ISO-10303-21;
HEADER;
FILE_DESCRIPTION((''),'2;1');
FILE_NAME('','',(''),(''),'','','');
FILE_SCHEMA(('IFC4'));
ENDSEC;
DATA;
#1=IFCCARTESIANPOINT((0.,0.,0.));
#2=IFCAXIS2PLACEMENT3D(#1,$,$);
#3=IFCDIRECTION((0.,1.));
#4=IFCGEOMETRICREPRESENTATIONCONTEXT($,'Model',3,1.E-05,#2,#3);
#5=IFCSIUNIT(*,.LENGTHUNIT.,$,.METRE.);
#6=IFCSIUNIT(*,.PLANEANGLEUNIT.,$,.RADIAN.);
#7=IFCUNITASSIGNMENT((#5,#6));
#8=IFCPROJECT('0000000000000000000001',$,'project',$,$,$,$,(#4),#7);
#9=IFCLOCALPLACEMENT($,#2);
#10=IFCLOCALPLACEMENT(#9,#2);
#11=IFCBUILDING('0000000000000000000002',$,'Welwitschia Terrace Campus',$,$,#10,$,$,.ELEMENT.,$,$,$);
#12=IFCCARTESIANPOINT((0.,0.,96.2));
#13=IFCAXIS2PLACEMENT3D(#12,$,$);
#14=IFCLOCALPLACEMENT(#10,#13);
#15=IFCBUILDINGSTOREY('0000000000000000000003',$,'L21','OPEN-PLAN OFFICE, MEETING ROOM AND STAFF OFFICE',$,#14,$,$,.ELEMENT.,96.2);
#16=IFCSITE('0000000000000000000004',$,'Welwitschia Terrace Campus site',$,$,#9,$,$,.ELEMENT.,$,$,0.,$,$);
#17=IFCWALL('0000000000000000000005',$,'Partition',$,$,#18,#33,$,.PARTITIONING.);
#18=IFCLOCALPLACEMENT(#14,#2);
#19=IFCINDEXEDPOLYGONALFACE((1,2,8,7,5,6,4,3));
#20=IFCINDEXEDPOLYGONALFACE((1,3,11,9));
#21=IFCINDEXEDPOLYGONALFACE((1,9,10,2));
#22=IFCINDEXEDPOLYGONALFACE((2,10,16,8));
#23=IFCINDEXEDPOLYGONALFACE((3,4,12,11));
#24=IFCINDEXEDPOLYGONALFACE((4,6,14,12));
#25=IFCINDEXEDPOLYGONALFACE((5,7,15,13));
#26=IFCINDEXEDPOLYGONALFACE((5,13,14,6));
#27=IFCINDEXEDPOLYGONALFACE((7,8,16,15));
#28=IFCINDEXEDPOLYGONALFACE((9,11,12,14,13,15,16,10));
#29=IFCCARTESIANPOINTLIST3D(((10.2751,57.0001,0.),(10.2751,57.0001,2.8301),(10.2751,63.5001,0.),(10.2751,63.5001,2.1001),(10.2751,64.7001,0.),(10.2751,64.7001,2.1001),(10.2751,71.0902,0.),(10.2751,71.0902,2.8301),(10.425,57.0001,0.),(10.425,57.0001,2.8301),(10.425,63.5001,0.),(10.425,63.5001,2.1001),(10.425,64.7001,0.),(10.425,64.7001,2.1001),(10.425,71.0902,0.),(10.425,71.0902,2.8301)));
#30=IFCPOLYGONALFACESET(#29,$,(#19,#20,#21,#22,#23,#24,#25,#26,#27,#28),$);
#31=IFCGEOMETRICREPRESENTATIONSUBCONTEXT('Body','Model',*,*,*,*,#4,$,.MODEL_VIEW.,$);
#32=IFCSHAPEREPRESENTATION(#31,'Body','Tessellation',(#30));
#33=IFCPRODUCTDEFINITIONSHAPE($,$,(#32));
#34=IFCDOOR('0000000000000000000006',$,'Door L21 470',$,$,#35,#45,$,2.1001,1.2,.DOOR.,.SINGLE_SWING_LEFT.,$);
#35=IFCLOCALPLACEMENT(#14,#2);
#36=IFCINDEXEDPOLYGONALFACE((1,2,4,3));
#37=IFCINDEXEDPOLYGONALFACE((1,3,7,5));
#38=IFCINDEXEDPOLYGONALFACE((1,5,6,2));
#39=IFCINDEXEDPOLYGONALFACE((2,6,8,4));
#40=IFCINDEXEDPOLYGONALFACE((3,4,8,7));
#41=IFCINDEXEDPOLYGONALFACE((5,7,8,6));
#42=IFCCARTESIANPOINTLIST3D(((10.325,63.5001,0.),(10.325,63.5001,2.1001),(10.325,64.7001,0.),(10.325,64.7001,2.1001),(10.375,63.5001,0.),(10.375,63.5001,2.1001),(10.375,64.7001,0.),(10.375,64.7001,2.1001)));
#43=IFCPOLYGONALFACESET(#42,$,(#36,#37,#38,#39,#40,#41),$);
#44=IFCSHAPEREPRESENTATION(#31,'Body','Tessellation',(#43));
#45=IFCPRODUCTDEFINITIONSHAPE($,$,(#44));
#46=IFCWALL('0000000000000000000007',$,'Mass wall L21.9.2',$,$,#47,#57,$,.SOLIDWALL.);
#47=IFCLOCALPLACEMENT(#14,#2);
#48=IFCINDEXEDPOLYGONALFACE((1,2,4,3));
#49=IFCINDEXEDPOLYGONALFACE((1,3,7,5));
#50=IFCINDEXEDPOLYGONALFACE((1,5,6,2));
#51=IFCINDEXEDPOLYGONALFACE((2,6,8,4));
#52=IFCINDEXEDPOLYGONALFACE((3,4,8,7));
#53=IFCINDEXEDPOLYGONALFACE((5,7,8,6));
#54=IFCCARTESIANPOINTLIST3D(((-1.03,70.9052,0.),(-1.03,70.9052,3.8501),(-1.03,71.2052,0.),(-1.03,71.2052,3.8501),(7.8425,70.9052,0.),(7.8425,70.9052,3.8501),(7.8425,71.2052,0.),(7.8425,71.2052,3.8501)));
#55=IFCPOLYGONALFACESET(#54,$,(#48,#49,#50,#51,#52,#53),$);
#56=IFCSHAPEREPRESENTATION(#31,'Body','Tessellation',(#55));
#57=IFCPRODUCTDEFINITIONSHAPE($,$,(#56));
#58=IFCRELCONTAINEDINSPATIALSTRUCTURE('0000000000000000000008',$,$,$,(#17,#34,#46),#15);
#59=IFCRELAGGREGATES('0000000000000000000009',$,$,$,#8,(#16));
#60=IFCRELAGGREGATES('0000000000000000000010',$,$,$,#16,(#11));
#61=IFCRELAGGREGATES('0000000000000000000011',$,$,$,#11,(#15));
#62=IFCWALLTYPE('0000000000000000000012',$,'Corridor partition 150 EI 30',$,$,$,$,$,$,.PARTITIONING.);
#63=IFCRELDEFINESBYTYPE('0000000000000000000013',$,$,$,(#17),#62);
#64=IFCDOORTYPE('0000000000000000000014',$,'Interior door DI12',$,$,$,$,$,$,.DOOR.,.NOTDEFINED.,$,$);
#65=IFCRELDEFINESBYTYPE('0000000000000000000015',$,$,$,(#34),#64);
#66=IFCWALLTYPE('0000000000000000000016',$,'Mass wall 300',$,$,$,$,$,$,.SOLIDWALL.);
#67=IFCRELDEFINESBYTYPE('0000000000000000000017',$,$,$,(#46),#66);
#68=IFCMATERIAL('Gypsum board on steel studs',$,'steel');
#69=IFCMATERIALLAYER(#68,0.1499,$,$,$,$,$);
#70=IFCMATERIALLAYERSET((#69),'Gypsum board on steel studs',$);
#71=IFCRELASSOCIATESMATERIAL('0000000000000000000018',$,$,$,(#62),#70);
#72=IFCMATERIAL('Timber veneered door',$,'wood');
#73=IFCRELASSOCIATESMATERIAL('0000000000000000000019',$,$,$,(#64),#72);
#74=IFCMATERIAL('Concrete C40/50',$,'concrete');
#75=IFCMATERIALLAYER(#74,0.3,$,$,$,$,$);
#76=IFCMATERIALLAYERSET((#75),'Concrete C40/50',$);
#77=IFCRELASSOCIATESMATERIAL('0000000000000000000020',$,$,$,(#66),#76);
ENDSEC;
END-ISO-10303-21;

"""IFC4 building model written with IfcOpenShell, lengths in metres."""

from ifc_helpers import new_model, si_unit, direction, frame, frame_2d, origin, place, context, subcontext, project, spatial, rectangle, extrude, material, layer, layer_set, type_object, element, fill, save


model = new_model("IFC4")

# Units and contexts
model_context = context("Model", 3, precision=1e-05, world=origin(), true_north=direction((0.0, 1.0)))
body_context = subcontext(model_context, "Body", "Model", "MODEL_VIEW")
ifc_project = project(units=[si_unit("LENGTHUNIT", "METRE"), si_unit("PLANEANGLEUNIT", "RADIAN")], contexts=[model_context])

# Site, building, storey
site_placement = place(None, origin())
site = spatial("IfcSite", under=ifc_project, at=site_placement, Name="Welwitschia Terrace Campus site", CompositionType="ELEMENT", RefElevation=0.0)
building_placement = place(site_placement, origin())
building = spatial("IfcBuilding", under=site, at=building_placement, Name="Welwitschia Terrace Campus", CompositionType="ELEMENT")
storey_placement = place(building_placement, frame((0.0, 0.0, 96.2)))
storey = spatial("IfcBuildingStorey", under=building, at=storey_placement, Name="L21", Description="OPEN-PLAN OFFICE, MEETING ROOM AND STAFF OFFICE", CompositionType="ELEMENT", Elevation=96.2)

# Wall, opening, door
ifc_material_1 = material(Name="Gypsum board on steel studs", Category="steel")
ifc_layer_1 = layer(ifc_material_1, 0.1499)
ifc_layer_set_1 = layer_set([ifc_layer_1], Name="Gypsum board on steel studs")
wall_type_1 = type_object("IfcWallType", Name="Corridor partition 150 EI 30", PredefinedType="PARTITIONING", material=ifc_layer_set_1)
wall_1_placement = place(storey_placement, frame((10.3501, 71.0901, 0.0), z_axis=(0.0, 0.0, 1.0), x_axis=(0.0, -1.0, 0.0)))
wall_1 = element("IfcWall", 1, at=wall_1_placement, inside=storey, type_object=wall_type_1, Name="Partition", PredefinedType="PARTITIONING", context=body_context, shape_type="SweptSolid", body=[
    extrude(rectangle(XDim=14.0901, YDim=0.1499, at=frame_2d((7.0449, 0.0))), origin(), (0.0, 0.0, 1.0), 2.8301),
])
opening_placement = place(wall_1_placement, frame((6.3899, 0.0, 0.0)))
opening = element("IfcOpeningElement", 2, at=opening_placement, cuts=wall_1, PredefinedType="OPENING", context=body_context, shape_type="SweptSolid", body=[
    extrude(rectangle(XDim=1.2, YDim=2.1001, at=frame_2d((0.6001, 1.05))), frame((0.0, 0.085, 0.0), z_axis=(0.0, -1.0, 0.0), x_axis=(1.0, 0.0, 0.0)), (0.0, 0.0, 1.0), 0.1699),
])
ifc_material_2 = material(Name="Timber veneered door", Category="wood")
door_type = type_object("IfcDoorType", Name="Interior door DI12", OperationType="NOTDEFINED", PredefinedType="DOOR", material=ifc_material_2)
door_placement = place(opening_placement, origin())
door = element("IfcDoor", 3, at=door_placement, inside=storey, type_object=door_type, Name="Door L21 470", OperationType="SINGLE_SWING_LEFT", OverallHeight=2.1001, OverallWidth=1.2, PredefinedType="DOOR", context=body_context, shape_type="SweptSolid", body=[
    extrude(rectangle(XDim=1.2, YDim=2.1001, at=frame_2d((0.6001, 1.05))), frame((0.0, 0.0249, 0.0), z_axis=(0.0, -1.0, 0.0), x_axis=(1.0, 0.0, 0.0)), (0.0, 0.0, 1.0), 0.05),
])
fill(opening, door)

# Wall
ifc_material_3 = material(Name="Concrete C40/50", Category="concrete")
ifc_layer_2 = layer(ifc_material_3, 0.3)
ifc_layer_set_2 = layer_set([ifc_layer_2], Name="Concrete C40/50")
wall_type_2 = type_object("IfcWallType", Name="Mass wall 300", PredefinedType="SOLIDWALL", material=ifc_layer_set_2)
wall_2_placement = place(storey_placement, frame((7.8425, 71.0552, 0.0), z_axis=(0.0, 0.0, 1.0), x_axis=(-1.0, 0.0, 0.0)))
element("IfcWall", 4, at=wall_2_placement, inside=storey, type_object=wall_type_2, Name="Mass wall L21.9.2", PredefinedType="SOLIDWALL", context=body_context, shape_type="SweptSolid", body=[
    extrude(rectangle(XDim=8.8726, YDim=0.3, at=frame_2d((4.4363, 0.0))), origin(), (0.0, 0.0, 1.0), 3.8501),
])

save(model, "model.ifc")
